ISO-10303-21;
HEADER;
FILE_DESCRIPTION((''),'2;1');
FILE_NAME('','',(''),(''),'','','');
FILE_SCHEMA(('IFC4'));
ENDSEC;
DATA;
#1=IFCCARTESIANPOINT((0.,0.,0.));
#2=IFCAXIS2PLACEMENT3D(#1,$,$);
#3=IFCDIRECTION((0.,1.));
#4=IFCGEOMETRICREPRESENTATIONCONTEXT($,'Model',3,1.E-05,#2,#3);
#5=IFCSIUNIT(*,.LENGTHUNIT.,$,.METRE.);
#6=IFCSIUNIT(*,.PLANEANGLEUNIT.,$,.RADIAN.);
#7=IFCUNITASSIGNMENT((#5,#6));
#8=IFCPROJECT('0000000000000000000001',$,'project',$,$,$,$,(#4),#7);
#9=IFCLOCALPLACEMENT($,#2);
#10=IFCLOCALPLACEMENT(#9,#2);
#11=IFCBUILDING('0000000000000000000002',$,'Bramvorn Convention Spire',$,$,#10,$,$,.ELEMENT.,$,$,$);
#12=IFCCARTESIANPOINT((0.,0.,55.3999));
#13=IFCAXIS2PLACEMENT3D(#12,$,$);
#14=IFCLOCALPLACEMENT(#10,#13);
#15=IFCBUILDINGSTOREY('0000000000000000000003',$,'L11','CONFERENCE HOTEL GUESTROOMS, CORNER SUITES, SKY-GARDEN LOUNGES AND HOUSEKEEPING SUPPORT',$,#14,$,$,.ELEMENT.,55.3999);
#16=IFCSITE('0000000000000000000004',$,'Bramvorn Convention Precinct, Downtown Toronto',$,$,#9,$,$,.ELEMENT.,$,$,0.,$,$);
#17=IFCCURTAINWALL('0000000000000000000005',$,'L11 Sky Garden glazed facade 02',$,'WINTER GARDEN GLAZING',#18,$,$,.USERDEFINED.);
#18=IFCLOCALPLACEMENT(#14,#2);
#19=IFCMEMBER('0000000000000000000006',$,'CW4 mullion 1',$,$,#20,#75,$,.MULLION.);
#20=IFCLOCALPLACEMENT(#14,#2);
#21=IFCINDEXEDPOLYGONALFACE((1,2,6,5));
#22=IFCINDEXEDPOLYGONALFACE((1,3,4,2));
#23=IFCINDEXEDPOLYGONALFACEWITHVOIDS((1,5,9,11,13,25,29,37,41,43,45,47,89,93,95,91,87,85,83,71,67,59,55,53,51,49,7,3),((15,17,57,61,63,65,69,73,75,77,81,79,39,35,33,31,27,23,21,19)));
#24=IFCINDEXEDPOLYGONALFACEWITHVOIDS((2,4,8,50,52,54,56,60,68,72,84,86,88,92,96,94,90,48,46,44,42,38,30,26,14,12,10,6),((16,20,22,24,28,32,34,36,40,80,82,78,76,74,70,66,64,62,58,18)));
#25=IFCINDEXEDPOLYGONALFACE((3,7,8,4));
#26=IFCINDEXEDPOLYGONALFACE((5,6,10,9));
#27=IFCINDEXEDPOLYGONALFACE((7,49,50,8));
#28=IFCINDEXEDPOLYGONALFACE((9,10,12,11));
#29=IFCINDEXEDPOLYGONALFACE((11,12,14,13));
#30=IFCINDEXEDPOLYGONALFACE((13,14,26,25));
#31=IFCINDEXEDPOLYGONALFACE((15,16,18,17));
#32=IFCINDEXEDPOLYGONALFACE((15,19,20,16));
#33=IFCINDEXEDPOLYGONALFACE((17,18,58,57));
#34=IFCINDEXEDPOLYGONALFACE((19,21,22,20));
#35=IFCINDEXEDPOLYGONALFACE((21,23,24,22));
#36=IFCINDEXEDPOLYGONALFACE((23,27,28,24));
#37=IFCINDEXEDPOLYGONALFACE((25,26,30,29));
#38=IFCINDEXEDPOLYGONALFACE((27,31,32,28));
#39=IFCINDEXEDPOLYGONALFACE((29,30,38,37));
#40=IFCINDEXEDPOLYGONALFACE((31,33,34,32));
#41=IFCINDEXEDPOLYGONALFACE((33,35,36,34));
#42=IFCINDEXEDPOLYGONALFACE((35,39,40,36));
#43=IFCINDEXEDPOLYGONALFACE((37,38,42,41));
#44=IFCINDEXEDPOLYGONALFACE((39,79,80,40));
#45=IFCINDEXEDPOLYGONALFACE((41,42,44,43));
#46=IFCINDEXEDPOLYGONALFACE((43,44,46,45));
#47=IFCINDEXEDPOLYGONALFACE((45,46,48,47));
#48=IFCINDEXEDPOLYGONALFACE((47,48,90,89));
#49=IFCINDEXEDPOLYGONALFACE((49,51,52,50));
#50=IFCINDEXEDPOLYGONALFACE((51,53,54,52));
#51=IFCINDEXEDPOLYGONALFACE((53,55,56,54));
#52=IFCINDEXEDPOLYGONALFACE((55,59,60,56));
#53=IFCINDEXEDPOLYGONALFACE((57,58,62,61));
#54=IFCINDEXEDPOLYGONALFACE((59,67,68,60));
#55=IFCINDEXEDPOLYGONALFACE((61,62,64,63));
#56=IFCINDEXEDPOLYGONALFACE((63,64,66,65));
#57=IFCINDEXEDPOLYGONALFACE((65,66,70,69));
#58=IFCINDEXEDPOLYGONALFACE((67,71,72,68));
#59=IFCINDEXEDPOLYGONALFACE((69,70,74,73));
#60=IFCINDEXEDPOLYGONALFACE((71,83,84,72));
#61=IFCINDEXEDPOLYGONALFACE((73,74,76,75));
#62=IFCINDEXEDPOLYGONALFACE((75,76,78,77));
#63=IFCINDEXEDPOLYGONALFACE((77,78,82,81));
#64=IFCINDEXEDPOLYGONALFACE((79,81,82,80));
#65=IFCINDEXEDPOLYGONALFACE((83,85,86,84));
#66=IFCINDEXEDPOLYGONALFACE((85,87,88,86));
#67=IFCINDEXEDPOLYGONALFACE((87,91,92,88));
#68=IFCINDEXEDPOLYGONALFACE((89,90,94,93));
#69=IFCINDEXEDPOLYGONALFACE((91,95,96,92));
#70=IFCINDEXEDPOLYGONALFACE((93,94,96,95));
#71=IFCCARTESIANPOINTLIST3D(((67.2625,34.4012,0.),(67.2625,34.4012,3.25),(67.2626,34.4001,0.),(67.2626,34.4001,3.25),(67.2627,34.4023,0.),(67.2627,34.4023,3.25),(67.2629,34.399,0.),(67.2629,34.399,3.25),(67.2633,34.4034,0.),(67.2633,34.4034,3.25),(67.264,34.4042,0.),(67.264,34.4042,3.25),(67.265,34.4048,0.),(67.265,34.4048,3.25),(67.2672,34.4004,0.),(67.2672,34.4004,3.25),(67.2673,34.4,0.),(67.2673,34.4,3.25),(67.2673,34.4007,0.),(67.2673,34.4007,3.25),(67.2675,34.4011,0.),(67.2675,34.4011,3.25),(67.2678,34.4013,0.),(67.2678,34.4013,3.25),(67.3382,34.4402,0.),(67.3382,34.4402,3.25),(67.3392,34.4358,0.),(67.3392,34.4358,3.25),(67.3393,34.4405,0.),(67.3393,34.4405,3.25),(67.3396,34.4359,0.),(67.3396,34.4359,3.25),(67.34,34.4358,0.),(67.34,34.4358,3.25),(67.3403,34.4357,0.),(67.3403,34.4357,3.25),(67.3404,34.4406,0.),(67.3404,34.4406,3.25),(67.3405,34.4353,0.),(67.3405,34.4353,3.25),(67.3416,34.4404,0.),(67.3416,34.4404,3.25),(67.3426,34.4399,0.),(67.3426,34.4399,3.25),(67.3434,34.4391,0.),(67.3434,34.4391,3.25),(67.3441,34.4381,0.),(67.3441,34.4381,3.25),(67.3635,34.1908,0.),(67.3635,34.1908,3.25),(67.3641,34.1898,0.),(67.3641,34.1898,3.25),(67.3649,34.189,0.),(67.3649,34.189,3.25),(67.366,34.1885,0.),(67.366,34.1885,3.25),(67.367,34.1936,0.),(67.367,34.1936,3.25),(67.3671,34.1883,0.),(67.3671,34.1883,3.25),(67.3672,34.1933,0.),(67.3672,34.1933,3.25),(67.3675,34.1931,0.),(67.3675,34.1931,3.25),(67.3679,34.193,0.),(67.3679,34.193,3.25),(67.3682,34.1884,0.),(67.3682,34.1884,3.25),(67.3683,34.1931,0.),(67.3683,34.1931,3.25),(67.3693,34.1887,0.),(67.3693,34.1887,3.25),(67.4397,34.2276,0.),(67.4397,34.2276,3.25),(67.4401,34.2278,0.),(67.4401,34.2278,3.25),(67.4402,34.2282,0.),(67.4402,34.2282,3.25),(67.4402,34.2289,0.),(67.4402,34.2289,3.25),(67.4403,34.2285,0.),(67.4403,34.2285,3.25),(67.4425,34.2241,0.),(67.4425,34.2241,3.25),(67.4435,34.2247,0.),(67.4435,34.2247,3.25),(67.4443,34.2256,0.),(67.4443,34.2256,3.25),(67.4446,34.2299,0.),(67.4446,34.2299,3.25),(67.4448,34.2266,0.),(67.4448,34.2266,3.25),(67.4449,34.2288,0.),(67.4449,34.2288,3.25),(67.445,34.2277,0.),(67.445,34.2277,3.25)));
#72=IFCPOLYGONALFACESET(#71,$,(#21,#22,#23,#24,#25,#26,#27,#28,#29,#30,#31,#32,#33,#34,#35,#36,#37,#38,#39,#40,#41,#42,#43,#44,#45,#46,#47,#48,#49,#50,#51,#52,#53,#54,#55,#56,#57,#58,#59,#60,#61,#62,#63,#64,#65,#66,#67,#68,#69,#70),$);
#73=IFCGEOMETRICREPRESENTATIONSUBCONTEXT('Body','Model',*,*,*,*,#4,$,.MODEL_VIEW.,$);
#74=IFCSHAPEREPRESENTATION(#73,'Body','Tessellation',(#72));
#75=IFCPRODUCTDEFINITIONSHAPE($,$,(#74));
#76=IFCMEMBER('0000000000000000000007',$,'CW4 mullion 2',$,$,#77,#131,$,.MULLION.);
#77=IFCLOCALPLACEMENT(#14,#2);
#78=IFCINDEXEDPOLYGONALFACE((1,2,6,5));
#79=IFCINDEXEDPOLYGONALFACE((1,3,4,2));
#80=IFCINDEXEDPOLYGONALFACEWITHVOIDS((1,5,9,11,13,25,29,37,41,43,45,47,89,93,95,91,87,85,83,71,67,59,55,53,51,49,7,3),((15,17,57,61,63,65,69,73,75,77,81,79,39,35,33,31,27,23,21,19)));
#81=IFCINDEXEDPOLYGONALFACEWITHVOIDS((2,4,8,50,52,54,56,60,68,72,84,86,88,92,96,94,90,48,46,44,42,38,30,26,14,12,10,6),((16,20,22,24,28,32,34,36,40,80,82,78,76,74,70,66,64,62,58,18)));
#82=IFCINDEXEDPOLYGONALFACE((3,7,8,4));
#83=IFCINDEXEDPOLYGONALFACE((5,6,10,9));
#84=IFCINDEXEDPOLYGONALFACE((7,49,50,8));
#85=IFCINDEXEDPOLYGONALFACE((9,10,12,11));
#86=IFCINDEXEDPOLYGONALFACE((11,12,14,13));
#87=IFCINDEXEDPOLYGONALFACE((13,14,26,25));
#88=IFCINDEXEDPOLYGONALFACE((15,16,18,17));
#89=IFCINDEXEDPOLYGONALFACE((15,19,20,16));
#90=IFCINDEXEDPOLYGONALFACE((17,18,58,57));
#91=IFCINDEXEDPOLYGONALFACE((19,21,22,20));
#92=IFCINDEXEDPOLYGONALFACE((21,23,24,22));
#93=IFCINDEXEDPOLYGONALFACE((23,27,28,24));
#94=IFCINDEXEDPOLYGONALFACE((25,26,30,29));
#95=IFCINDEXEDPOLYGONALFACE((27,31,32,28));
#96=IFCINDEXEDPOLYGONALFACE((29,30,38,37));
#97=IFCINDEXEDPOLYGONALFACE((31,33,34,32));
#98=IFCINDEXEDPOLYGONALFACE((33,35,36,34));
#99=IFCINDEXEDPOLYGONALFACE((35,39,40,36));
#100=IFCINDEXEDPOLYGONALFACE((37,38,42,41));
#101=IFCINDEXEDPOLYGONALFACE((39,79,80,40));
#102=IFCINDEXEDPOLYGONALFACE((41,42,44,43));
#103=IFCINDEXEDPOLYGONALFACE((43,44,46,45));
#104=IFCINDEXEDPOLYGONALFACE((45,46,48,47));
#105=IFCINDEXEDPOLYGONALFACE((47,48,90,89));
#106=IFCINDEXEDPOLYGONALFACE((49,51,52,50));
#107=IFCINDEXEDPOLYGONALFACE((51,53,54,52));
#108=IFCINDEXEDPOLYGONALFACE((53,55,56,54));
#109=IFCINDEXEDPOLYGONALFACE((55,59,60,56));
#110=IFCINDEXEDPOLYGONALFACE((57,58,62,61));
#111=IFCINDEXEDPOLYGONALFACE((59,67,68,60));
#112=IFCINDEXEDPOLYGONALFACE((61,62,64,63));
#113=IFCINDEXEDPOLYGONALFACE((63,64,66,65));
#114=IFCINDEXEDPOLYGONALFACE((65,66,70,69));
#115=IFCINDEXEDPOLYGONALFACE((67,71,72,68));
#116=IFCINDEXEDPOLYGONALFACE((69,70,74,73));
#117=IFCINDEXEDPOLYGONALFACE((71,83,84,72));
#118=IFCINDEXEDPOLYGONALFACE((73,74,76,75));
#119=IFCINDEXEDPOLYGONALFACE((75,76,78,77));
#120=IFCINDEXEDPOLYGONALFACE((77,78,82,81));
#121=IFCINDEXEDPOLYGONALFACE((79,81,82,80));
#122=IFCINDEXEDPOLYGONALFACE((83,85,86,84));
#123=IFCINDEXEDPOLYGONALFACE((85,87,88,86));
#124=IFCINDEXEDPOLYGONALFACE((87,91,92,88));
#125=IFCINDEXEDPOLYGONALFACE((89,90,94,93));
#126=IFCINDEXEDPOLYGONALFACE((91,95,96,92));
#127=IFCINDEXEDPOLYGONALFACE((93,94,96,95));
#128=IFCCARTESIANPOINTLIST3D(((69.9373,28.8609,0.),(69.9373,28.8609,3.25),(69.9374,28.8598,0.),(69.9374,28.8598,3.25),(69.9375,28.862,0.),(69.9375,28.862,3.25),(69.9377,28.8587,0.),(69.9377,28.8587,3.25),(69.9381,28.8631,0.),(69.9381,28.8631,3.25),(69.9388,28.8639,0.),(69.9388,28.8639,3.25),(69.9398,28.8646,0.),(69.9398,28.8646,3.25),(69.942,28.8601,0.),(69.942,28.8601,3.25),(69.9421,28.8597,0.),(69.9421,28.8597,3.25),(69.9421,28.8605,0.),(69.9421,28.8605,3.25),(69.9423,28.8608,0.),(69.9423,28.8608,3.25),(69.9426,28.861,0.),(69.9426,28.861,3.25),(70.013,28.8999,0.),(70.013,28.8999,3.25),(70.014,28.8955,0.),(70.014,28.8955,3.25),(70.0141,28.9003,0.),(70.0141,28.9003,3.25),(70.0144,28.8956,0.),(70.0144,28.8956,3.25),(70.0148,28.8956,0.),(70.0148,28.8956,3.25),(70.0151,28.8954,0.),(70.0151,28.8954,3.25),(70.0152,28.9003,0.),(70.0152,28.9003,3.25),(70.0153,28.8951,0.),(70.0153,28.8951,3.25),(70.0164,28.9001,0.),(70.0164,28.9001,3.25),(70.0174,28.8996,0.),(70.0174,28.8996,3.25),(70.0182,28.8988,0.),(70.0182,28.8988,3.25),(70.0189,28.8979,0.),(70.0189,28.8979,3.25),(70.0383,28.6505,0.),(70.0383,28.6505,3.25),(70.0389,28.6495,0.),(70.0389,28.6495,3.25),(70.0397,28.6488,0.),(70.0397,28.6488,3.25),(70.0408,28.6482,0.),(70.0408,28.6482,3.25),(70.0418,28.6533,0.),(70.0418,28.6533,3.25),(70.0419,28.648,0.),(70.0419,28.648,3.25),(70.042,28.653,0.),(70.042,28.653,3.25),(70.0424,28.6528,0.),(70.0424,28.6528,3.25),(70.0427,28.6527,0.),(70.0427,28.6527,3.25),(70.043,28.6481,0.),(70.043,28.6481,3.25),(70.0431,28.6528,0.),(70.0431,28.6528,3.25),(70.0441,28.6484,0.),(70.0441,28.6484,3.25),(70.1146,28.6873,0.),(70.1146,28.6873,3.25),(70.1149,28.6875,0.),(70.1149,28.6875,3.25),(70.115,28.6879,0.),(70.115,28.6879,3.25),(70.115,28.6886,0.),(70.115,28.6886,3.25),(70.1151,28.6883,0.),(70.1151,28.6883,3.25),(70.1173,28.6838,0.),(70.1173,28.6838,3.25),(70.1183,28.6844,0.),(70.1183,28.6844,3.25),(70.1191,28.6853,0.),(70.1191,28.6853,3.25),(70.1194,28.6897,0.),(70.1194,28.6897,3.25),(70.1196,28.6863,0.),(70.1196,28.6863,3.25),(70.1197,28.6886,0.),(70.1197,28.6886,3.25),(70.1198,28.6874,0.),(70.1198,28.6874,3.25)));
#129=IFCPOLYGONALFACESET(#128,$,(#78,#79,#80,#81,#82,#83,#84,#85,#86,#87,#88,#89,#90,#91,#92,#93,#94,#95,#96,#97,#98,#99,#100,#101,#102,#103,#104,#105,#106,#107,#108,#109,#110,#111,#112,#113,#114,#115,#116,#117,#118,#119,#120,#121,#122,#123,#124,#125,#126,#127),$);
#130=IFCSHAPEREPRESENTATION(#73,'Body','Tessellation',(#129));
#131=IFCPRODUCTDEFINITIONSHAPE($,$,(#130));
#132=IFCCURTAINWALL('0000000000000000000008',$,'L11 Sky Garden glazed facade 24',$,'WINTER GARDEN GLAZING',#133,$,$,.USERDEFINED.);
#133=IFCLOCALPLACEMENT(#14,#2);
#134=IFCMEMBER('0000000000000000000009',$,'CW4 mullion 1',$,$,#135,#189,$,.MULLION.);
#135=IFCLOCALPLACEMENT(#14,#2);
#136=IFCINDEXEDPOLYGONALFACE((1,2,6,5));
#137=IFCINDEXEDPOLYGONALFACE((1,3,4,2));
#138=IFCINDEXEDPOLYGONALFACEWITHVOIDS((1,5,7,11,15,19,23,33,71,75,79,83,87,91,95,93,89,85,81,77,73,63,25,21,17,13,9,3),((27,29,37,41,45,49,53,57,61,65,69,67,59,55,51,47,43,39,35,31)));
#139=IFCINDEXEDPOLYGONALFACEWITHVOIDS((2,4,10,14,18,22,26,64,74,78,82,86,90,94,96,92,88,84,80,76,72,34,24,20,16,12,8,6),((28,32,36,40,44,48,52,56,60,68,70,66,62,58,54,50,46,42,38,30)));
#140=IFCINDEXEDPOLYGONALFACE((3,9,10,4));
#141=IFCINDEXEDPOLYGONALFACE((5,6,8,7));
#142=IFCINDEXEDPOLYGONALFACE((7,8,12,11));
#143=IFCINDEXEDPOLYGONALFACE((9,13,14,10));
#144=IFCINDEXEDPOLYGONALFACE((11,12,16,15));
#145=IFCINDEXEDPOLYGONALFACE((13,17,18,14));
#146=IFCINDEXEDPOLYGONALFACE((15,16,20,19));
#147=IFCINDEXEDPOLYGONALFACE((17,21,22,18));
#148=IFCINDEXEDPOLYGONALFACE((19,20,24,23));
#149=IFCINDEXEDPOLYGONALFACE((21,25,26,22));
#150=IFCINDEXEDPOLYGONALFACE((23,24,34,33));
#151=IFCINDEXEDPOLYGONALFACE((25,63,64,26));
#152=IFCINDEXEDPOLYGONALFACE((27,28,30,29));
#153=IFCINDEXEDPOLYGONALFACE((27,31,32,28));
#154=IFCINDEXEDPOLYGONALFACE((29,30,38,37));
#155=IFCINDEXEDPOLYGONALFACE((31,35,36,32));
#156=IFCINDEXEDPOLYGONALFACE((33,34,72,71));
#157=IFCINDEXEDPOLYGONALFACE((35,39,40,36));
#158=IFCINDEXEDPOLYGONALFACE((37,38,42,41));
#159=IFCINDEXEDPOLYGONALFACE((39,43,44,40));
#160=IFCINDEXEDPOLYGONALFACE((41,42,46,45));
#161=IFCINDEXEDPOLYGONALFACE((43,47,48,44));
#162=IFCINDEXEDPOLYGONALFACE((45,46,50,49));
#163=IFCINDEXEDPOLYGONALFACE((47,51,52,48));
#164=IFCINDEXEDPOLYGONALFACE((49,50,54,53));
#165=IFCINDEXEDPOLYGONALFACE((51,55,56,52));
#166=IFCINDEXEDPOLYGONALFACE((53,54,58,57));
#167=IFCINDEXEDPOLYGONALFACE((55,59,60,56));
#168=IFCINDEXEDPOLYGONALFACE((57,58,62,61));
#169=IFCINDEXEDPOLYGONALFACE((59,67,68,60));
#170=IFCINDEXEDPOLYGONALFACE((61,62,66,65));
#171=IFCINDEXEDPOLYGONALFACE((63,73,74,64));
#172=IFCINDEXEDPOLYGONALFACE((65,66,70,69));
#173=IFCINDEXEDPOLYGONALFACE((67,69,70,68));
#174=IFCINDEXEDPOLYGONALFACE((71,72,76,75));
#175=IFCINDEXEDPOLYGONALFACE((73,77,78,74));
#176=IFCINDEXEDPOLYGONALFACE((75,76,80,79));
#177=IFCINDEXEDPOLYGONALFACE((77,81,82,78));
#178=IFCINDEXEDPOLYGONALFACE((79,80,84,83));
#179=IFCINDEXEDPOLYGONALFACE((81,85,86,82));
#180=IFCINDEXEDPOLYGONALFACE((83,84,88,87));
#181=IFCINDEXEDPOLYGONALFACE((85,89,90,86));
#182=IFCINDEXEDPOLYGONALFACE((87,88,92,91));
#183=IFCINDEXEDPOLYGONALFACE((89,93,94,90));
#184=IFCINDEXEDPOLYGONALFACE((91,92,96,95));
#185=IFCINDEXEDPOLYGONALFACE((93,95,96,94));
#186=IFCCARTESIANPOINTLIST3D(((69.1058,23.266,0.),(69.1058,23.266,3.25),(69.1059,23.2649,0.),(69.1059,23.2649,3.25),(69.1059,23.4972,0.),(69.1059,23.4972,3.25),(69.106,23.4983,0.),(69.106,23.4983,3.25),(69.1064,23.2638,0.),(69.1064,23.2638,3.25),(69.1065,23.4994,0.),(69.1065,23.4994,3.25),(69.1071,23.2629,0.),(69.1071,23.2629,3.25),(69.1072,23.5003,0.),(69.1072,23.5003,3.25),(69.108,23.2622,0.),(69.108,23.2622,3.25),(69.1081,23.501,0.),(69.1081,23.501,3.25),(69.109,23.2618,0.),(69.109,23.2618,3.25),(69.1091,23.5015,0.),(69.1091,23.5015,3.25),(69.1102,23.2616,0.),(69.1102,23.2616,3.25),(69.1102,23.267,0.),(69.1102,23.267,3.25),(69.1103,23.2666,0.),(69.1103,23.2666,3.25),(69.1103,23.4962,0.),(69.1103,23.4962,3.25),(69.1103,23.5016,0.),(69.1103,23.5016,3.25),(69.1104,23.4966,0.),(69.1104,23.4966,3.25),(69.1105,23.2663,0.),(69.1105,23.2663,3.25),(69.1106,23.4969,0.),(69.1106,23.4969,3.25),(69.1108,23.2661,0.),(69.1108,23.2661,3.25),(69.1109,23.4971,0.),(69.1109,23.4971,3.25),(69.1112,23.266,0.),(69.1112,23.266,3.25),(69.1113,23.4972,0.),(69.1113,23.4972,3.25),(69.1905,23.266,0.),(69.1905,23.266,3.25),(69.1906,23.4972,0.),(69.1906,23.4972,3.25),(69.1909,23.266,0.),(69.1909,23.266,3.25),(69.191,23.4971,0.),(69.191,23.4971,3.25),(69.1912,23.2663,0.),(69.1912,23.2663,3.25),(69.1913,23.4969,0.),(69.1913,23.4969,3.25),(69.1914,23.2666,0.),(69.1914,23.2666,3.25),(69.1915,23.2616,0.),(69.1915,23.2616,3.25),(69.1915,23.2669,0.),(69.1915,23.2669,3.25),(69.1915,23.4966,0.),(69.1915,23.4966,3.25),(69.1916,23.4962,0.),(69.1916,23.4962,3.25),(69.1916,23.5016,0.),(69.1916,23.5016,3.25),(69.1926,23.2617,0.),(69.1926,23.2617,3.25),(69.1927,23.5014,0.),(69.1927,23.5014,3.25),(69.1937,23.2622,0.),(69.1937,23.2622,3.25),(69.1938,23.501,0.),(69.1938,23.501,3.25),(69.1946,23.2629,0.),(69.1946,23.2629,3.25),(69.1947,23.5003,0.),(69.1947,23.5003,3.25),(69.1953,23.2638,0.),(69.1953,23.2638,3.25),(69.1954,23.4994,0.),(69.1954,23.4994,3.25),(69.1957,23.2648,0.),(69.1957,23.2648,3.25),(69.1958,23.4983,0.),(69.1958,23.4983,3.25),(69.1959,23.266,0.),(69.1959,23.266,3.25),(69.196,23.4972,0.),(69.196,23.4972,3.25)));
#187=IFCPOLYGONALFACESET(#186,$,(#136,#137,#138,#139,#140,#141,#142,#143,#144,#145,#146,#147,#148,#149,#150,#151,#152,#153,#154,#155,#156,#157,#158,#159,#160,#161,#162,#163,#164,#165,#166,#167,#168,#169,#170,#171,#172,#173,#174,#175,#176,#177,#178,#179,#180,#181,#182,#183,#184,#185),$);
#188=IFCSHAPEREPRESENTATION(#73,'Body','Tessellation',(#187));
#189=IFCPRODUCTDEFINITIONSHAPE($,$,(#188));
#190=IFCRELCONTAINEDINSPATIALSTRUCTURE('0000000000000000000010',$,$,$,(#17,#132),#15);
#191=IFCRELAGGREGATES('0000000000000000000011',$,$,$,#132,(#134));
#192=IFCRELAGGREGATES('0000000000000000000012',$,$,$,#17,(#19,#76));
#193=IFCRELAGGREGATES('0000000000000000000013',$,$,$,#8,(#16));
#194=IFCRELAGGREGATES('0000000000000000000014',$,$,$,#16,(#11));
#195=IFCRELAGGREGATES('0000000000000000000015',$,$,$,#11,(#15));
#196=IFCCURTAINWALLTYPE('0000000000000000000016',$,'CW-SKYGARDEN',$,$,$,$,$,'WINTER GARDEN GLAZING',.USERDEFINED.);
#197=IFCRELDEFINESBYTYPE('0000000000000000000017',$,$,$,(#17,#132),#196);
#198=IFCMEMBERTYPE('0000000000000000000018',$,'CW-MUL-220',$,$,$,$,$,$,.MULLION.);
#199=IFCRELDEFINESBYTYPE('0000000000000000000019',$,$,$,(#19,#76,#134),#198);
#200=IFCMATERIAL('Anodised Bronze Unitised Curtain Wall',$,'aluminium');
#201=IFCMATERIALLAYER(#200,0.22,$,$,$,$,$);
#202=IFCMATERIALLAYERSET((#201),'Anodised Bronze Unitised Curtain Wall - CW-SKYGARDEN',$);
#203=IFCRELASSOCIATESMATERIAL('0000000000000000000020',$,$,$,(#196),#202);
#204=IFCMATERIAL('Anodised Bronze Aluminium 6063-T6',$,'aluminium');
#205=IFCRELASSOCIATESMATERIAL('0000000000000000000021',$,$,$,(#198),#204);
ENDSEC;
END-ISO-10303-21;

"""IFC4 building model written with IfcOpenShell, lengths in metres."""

from ifc_helpers import new_model, si_unit, direction, frame, origin, origin_2d, place, context, subcontext, project, spatial, hollow_rectangle, extrude, material, layer, layer_set, material_profile, profile_set, type_object, element, aggregate, save


model = new_model("IFC4")

# Units and contexts
model_context = context("Model", 3, precision=1e-05, world=origin(), true_north=direction((0.0, 1.0)))
body_context = subcontext(model_context, "Body", "Model", "MODEL_VIEW")
ifc_project = project(units=[si_unit("LENGTHUNIT", "METRE"), si_unit("PLANEANGLEUNIT", "RADIAN")], contexts=[model_context])

# Site, building, storey
site_placement = place(None, origin())
site = spatial("IfcSite", under=ifc_project, at=site_placement, Name="Bramvorn Convention Precinct, Downtown Toronto", CompositionType="ELEMENT", RefElevation=0.0)
building_placement = place(site_placement, origin())
building = spatial("IfcBuilding", under=site, at=building_placement, Name="Bramvorn Convention Spire", CompositionType="ELEMENT")
storey_placement = place(building_placement, frame((0.0, 0.0, 55.3999)))
storey = spatial("IfcBuildingStorey", under=building, at=storey_placement, Name="L11", Description="CONFERENCE HOTEL GUESTROOMS, CORNER SUITES, SKY-GARDEN LOUNGES AND HOUSEKEEPING SUPPORT", CompositionType="ELEMENT", Elevation=55.3999)

# Curtain wall, members
ifc_material_1 = material(Name="Anodised Bronze Unitised Curtain Wall", Category="aluminium")
ifc_material_2 = material(Name="Anodised Bronze Aluminium 6063-T6", Category="aluminium")
ifc_layer_1 = layer(ifc_material_1, 0.22)
ifc_layer_set_1 = layer_set([ifc_layer_1], Name="Anodised Bronze Unitised Curtain Wall - CW-SKYGARDEN")
curtain_wall_type_1 = type_object("IfcCurtainWallType", Name="CW-SKYGARDEN", ElementType="WINTER GARDEN GLAZING", PredefinedType="USERDEFINED", material=ifc_layer_set_1)
ifc_material_profile_1 = material_profile(ifc_material_2, hollow_rectangle(XDim=0.0901, YDim=0.24, WallThickness=0.0044, InnerFilletRadius=0.001, OuterFilletRadius=0.0044, at=origin_2d()))
ifc_profile_set_1 = profile_set([ifc_material_profile_1], Name="Anodised Bronze Aluminium 6063-T6 - CWM90X240")
member_type_1 = type_object("IfcMemberType", Name="CW-MUL-220", PredefinedType="MULLION", material=ifc_profile_set_1)
curtain_wall_1_placement = place(storey_placement, origin())
curtain_wall_1 = element("IfcCurtainWall", 1, at=curtain_wall_1_placement, inside=storey, type_object=curtain_wall_type_1, Name="L11 Sky Garden glazed facade 02", ObjectType="WINTER GARDEN GLAZING", PredefinedType="USERDEFINED")
member_1_placement = place(storey_placement, frame((67.3538, 34.3145, 0.0), z_axis=(0.0, 0.0, 1.0), x_axis=(0.900536, 0.434782, 0.0)))
member_1 = element("IfcMember", 2, at=member_1_placement, type_object=member_type_1, Name="CW4 mullion 1", PredefinedType="MULLION", context=body_context, shape_type="SweptSolid", body=[
    extrude(hollow_rectangle(XDim=0.0901, YDim=0.24, WallThickness=0.0044, InnerFilletRadius=0.001, OuterFilletRadius=0.0044, at=origin_2d()), origin(), (0.0, 0.0, 1.0), 3.25),
])
member_2_placement = place(storey_placement, frame((70.0286, 28.7742, 0.0), z_axis=(0.0, 0.0, 1.0), x_axis=(0.900536, 0.434782, 0.0)))
member_2 = element("IfcMember", 3, at=member_2_placement, type_object=member_type_1, Name="CW4 mullion 2", PredefinedType="MULLION", context=body_context, shape_type="SweptSolid", body=[
    extrude(hollow_rectangle(XDim=0.0901, YDim=0.24, WallThickness=0.0044, InnerFilletRadius=0.001, OuterFilletRadius=0.0044, at=origin_2d()), origin(), (0.0, 0.0, 1.0), 3.25),
])

# Curtain wall, member
curtain_wall_2_placement = place(storey_placement, origin())
curtain_wall_2 = element("IfcCurtainWall", 4, at=curtain_wall_2_placement, inside=storey, type_object=curtain_wall_type_1, Name="L11 Sky Garden glazed facade 24", ObjectType="WINTER GARDEN GLAZING", PredefinedType="USERDEFINED")
member_3_placement = place(storey_placement, frame((69.1509, 23.3816, 0.0), z_axis=(0.0, 0.0, 1.0), x_axis=(1.0, -0.000444, 0.0)))
member_3 = element("IfcMember", 5, at=member_3_placement, type_object=member_type_1, Name="CW4 mullion 1", PredefinedType="MULLION", context=body_context, shape_type="SweptSolid", body=[
    extrude(hollow_rectangle(XDim=0.0901, YDim=0.24, WallThickness=0.0044, InnerFilletRadius=0.001, OuterFilletRadius=0.0044, at=origin_2d()), origin(), (0.0, 0.0, 1.0), 3.25),
])

aggregate(curtain_wall_2, [member_3])

aggregate(curtain_wall_1, [member_1, member_2])

save(model, "model.ifc")
